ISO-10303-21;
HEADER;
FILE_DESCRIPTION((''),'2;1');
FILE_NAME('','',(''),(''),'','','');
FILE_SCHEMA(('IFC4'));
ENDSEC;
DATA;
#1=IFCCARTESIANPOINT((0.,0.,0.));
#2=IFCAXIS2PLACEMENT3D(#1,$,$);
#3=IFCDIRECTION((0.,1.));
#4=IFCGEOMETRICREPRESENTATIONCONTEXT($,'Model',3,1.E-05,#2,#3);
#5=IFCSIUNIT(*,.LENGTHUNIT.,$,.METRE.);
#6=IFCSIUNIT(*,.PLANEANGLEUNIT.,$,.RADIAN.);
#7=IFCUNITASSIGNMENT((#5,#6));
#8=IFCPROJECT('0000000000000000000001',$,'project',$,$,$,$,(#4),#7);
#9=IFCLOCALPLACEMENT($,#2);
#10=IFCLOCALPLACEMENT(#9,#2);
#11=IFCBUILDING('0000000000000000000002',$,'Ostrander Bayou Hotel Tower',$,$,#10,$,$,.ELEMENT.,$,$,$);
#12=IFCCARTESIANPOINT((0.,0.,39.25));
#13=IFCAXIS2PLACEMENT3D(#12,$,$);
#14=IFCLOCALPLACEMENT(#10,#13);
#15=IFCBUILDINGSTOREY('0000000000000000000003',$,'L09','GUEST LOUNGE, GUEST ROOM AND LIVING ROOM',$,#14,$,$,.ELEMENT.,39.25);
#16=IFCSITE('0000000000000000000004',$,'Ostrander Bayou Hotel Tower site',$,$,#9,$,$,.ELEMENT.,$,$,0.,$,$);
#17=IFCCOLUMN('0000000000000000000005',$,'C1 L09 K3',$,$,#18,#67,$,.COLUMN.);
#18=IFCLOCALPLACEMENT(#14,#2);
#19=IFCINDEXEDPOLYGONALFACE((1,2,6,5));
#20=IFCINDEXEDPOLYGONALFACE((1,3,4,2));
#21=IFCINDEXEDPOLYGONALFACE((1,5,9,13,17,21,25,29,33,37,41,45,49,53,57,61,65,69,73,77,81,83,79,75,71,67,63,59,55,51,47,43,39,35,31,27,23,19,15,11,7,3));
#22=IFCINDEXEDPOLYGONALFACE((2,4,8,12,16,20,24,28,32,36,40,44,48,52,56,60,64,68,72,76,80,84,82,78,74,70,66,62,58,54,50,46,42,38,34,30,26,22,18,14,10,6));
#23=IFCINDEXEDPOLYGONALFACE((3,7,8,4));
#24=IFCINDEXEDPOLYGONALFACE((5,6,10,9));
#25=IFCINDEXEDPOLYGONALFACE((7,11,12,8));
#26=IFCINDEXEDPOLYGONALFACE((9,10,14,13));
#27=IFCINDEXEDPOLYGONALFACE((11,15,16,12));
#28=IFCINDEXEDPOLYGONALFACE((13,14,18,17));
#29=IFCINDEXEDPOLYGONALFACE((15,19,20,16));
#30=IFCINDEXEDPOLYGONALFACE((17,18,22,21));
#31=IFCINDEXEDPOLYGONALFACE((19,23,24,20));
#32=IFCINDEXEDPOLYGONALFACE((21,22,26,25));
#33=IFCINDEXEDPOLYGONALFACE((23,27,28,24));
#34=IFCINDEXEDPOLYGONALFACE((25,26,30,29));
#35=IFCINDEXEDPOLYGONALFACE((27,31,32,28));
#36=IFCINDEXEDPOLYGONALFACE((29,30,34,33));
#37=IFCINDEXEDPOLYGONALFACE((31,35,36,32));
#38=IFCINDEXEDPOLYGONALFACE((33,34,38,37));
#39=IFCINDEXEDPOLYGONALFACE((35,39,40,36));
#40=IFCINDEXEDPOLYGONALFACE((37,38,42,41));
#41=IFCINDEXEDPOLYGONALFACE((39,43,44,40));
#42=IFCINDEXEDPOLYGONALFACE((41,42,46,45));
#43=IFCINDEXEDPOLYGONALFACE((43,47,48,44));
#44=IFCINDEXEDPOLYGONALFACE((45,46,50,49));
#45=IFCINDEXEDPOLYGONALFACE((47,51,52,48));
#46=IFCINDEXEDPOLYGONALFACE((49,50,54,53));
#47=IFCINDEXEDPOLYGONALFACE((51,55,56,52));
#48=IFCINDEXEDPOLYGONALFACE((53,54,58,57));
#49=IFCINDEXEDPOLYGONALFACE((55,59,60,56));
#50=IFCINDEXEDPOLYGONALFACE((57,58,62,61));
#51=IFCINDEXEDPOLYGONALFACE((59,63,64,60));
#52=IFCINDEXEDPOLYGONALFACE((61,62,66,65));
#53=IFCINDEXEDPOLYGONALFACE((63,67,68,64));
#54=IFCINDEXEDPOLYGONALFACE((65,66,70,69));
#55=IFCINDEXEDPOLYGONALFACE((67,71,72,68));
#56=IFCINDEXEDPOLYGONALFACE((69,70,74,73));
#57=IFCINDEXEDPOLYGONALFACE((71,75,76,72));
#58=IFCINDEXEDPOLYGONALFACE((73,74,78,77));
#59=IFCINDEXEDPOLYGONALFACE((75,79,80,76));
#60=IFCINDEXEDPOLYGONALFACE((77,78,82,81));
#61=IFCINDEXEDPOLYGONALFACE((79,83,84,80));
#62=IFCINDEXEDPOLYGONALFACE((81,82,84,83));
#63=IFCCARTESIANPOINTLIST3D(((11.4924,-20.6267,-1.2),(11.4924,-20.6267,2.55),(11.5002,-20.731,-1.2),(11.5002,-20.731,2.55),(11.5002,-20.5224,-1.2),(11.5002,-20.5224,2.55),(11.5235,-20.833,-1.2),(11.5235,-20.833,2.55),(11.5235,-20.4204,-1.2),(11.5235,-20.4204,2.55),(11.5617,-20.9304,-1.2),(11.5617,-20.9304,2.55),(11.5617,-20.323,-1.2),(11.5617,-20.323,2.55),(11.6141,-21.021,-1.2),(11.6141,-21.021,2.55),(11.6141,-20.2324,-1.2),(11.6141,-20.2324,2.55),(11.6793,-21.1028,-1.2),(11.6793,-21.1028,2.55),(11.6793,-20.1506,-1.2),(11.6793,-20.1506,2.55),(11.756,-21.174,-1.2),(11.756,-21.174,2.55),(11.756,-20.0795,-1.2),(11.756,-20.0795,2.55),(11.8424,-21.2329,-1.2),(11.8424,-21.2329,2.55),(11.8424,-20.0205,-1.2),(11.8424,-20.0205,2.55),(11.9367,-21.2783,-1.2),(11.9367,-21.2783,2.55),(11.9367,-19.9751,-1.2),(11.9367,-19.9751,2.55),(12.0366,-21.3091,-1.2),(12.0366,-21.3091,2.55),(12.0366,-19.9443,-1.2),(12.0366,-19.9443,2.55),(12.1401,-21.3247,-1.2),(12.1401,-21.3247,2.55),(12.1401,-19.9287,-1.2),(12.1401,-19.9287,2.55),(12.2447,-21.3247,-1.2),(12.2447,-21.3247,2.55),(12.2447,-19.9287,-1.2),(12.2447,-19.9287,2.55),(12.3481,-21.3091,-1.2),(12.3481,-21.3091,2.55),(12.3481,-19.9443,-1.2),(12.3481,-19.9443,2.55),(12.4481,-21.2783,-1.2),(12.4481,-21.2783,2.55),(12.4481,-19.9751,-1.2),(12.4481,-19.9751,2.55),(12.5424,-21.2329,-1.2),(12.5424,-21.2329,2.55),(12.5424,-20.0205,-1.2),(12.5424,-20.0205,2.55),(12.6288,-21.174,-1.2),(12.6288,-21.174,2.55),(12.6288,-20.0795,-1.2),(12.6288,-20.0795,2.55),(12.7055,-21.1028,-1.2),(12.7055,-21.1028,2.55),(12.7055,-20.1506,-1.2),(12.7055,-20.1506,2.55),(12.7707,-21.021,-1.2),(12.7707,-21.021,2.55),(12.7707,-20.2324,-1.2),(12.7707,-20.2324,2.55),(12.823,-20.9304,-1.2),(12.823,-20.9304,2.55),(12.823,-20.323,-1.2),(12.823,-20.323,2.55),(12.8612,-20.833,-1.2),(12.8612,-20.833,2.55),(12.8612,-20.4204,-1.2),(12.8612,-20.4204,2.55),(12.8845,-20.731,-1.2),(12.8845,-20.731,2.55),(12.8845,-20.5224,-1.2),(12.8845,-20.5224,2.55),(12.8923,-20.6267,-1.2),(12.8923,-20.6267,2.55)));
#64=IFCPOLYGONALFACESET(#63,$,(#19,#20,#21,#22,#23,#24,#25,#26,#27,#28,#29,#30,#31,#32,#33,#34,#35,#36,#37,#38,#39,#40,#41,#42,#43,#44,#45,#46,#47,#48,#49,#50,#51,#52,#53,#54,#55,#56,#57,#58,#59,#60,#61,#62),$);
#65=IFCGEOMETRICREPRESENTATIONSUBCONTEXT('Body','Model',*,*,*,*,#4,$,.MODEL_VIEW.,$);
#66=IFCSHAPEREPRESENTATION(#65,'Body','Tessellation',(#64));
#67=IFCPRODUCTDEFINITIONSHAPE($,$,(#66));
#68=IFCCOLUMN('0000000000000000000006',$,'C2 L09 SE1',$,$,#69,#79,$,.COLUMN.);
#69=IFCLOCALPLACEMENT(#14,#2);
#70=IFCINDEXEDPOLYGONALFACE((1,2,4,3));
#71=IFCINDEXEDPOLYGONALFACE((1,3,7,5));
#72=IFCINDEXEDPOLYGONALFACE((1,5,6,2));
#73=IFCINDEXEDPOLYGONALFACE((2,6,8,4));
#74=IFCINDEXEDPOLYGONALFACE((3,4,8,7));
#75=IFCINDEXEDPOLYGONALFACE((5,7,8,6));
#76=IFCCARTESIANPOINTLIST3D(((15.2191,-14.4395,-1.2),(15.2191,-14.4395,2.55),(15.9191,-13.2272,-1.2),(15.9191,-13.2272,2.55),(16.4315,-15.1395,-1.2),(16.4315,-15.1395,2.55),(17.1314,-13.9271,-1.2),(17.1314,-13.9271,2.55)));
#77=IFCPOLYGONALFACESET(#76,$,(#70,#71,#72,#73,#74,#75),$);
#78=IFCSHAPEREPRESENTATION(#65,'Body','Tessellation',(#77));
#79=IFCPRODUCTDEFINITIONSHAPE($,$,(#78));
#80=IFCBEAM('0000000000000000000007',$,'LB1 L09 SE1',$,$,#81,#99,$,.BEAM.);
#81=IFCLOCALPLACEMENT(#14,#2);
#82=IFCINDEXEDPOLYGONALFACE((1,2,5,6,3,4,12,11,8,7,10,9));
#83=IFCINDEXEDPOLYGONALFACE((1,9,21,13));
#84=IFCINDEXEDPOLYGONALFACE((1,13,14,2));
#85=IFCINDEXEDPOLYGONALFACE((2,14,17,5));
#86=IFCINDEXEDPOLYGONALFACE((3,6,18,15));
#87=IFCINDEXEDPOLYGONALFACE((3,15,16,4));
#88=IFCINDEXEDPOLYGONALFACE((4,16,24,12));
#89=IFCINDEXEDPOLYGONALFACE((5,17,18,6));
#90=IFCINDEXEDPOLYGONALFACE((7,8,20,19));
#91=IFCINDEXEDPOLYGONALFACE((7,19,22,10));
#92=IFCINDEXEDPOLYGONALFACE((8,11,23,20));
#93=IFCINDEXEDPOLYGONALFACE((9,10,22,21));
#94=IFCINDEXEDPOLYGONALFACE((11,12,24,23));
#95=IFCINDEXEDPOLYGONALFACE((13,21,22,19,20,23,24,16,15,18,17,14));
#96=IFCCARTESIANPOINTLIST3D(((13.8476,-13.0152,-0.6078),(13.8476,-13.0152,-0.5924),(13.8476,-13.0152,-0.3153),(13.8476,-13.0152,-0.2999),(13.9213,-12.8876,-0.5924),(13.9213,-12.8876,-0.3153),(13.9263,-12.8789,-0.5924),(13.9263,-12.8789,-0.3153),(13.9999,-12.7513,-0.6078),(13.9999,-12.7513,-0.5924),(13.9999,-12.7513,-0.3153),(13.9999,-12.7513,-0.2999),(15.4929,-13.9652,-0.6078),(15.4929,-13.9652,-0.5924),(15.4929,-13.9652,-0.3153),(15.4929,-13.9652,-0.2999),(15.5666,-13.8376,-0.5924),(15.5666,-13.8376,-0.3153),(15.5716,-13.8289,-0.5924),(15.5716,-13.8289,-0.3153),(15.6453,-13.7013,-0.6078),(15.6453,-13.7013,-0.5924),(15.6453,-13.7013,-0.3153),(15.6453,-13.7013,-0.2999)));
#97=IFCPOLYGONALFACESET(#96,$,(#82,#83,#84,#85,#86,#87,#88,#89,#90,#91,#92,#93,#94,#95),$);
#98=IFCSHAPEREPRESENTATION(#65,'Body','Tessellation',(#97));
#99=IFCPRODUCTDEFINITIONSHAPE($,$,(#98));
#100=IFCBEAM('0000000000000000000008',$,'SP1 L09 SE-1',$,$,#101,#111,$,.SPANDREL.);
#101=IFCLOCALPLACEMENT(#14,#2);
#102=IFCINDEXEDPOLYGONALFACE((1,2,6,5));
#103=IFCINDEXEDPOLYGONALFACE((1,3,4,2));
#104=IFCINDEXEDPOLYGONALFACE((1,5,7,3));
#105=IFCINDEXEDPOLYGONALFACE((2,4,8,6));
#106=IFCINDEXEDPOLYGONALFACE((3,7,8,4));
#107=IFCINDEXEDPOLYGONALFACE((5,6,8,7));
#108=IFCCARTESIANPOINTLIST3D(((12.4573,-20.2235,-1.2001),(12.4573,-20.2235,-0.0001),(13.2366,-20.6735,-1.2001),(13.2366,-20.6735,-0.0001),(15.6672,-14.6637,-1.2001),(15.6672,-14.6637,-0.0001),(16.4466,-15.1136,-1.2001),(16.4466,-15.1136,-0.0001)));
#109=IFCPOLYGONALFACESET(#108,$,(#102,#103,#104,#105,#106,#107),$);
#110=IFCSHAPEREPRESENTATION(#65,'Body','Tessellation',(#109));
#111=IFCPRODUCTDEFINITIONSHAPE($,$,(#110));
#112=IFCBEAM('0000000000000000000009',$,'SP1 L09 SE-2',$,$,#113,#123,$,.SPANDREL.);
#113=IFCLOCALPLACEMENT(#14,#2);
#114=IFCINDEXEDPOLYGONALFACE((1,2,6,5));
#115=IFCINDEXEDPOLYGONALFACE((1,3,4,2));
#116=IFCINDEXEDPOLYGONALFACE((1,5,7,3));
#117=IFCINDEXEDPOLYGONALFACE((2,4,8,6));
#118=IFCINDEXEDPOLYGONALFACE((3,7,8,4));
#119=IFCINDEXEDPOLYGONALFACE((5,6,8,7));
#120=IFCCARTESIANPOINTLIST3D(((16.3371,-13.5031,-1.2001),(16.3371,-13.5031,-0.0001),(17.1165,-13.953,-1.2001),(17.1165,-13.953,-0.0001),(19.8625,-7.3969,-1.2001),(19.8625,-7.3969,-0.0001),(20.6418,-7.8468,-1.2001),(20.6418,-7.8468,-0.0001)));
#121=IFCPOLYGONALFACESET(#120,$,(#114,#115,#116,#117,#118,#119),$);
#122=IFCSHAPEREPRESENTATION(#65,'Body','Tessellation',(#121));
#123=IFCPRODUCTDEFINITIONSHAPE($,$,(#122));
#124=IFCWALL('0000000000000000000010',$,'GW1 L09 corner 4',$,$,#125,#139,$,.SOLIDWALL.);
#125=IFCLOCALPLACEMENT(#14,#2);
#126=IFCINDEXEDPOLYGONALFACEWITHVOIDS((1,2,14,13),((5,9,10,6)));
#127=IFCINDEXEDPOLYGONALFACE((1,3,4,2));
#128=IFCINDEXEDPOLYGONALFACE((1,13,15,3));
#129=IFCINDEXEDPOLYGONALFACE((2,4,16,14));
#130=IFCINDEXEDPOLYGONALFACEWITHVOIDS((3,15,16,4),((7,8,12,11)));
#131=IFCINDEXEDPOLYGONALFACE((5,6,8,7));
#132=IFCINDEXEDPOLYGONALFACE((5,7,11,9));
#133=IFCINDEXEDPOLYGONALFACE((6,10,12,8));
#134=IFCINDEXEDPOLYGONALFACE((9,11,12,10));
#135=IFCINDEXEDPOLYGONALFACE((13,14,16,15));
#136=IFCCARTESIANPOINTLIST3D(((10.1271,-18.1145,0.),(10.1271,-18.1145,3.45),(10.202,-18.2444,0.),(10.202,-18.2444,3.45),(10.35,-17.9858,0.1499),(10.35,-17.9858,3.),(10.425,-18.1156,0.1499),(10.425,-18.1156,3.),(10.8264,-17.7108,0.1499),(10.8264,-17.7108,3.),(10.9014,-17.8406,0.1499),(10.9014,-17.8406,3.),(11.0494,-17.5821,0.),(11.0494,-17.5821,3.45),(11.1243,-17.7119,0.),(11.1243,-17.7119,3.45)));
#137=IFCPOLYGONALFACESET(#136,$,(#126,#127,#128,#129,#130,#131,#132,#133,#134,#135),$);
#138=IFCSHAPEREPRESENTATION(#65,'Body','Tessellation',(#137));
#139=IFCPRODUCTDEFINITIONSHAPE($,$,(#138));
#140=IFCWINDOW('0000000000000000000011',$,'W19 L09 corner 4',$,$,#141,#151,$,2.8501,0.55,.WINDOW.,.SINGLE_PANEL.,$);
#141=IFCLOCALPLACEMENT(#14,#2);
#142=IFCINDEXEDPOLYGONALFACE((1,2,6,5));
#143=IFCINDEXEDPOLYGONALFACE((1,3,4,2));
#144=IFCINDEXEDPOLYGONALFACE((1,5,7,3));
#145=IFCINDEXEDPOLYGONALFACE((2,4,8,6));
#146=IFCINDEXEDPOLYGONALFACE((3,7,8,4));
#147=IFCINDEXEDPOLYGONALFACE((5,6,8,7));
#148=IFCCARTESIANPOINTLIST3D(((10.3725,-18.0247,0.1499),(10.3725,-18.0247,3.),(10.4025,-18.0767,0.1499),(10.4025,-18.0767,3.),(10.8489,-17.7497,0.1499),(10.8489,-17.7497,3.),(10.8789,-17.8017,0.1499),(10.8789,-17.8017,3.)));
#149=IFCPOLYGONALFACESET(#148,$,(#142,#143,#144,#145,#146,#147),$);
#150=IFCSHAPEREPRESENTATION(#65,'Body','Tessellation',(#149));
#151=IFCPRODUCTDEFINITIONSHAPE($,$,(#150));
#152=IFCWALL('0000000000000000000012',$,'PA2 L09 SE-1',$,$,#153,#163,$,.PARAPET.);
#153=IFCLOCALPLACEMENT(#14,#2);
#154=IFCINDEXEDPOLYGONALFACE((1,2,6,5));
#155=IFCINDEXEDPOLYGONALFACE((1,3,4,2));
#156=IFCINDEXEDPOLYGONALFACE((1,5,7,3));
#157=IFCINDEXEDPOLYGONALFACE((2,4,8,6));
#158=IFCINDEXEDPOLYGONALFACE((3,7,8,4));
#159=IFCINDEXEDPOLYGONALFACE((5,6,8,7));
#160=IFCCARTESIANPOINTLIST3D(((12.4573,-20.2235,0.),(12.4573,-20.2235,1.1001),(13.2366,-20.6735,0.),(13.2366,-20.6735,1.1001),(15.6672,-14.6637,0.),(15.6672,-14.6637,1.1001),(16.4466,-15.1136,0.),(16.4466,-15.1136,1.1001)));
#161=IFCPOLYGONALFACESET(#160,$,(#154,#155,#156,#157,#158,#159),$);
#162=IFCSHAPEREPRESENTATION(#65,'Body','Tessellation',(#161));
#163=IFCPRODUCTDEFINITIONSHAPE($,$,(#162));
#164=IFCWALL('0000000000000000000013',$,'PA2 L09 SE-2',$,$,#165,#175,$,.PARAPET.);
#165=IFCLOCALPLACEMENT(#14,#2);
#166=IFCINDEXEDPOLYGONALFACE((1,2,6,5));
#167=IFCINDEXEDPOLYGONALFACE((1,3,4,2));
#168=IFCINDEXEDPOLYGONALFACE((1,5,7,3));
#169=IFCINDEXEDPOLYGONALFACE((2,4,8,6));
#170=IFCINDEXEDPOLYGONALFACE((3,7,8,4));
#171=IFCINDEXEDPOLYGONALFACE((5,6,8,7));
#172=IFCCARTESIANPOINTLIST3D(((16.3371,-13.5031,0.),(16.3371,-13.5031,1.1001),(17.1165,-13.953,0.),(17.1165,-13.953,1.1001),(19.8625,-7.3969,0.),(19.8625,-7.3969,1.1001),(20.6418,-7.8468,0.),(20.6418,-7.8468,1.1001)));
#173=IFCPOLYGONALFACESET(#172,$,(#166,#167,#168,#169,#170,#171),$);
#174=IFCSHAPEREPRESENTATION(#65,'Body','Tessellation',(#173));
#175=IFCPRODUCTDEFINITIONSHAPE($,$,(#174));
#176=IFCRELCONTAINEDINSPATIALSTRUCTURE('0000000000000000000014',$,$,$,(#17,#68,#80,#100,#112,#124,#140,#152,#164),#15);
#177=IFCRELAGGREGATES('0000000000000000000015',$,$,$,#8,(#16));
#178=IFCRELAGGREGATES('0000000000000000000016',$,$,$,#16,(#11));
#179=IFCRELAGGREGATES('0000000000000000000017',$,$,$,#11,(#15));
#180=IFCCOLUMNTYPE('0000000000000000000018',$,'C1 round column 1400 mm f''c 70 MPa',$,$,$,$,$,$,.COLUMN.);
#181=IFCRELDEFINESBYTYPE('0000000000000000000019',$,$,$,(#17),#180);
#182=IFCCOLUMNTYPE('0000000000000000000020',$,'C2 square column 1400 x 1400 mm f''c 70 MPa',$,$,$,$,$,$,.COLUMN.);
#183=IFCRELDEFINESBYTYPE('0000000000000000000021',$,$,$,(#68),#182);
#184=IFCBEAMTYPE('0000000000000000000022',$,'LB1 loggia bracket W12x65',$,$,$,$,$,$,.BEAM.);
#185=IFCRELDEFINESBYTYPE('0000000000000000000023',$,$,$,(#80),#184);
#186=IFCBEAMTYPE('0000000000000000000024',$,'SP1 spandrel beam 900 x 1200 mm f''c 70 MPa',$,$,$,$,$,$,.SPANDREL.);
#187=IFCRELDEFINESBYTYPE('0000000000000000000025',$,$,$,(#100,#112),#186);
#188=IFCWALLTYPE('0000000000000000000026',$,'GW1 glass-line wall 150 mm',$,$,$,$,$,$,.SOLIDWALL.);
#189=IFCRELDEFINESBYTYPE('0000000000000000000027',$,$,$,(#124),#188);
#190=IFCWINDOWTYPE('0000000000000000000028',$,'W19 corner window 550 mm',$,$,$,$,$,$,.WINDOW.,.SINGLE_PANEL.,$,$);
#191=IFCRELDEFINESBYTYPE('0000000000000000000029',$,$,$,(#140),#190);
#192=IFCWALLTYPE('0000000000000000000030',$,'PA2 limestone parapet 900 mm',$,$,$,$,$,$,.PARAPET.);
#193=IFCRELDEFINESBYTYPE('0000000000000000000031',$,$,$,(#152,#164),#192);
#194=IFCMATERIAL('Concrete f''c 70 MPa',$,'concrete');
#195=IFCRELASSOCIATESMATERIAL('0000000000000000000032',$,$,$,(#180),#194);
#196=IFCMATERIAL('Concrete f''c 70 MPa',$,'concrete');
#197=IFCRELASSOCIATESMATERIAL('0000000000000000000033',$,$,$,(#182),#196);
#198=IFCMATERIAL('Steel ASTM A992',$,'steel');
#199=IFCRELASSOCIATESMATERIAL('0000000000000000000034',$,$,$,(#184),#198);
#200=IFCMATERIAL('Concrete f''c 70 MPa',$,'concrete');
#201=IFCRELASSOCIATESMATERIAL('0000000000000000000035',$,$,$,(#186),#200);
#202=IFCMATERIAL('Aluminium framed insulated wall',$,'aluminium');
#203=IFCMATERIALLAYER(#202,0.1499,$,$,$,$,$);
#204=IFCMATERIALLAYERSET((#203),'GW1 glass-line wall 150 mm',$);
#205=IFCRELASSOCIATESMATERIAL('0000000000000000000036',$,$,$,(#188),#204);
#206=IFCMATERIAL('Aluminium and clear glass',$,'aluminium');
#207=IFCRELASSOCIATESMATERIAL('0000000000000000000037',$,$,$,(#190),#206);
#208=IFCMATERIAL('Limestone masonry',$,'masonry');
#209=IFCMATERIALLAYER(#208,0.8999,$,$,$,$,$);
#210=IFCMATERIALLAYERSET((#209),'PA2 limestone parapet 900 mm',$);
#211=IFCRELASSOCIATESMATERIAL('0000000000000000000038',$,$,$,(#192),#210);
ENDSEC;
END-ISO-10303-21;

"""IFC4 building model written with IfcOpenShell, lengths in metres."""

from ifc_helpers import new_model, si_unit, direction, frame, frame_2d, origin, origin_2d, place, context, subcontext, project, spatial, rectangle, circle, i_section, extrude, material, layer, layer_set, material_profile, profile_set, type_object, element, fill, save


model = new_model("IFC4")

# Units and contexts
model_context = context("Model", 3, precision=1e-05, world=origin(), true_north=direction((0.0, 1.0)))
body_context = subcontext(model_context, "Body", "Model", "MODEL_VIEW")
ifc_project = project(units=[si_unit("LENGTHUNIT", "METRE"), si_unit("PLANEANGLEUNIT", "RADIAN")], contexts=[model_context])

# Site, building, storey
site_placement = place(None, origin())
site = spatial("IfcSite", under=ifc_project, at=site_placement, Name="Ostrander Bayou Hotel Tower site", CompositionType="ELEMENT", RefElevation=0.0)
building_placement = place(site_placement, origin())
building = spatial("IfcBuilding", under=site, at=building_placement, Name="Ostrander Bayou Hotel Tower", CompositionType="ELEMENT")
storey_placement = place(building_placement, frame((0.0, 0.0, 39.25)))
storey = spatial("IfcBuildingStorey", under=building, at=storey_placement, Name="L09", Description="GUEST LOUNGE, GUEST ROOM AND LIVING ROOM", CompositionType="ELEMENT", Elevation=39.25)

# Columns
ifc_material_1 = material(Name="Concrete f'c 70 MPa", Category="concrete")
ifc_material_profile_1 = material_profile(ifc_material_1, circle(Radius=0.7, at=origin_2d()))
ifc_profile_set_1 = profile_set([ifc_material_profile_1], Name="Concrete f'c 70 MPa")
column_type_1 = type_object("IfcColumnType", Name="C1 round column 1400 mm f'c 70 MPa", PredefinedType="COLUMN", material=ifc_profile_set_1)
column_1_placement = place(storey_placement, frame((12.1924, -20.6267, -1.2), z_axis=(0.0, 0.0, 1.0), x_axis=(1.0, 0.0, 0.0)))
element("IfcColumn", 1, at=column_1_placement, inside=storey, type_object=column_type_1, Name="C1 L09 K3", PredefinedType="COLUMN", context=body_context, shape_type="SweptSolid", body=[
    extrude(circle(Radius=0.7, at=origin_2d()), origin(), (0.0, 0.0, 1.0), 3.75),
])
ifc_material_2 = material(Name="Concrete f'c 70 MPa", Category="concrete")
ifc_material_profile_2 = material_profile(ifc_material_2, rectangle(XDim=1.3999, YDim=1.3999, at=origin_2d()))
ifc_profile_set_2 = profile_set([ifc_material_profile_2], Name="Concrete f'c 70 MPa")
column_type_2 = type_object("IfcColumnType", Name="C2 square column 1400 x 1400 mm f'c 70 MPa", PredefinedType="COLUMN", material=ifc_profile_set_2)
column_2_placement = place(storey_placement, frame((16.1753, -14.1833, -1.2), z_axis=(0.0, 0.0, 1.0), x_axis=(-0.5, -0.866025, 0.0)))
element("IfcColumn", 2, at=column_2_placement, inside=storey, type_object=column_type_2, Name="C2 L09 SE1", PredefinedType="COLUMN", context=body_context, shape_type="SweptSolid", body=[
    extrude(rectangle(XDim=1.3999, YDim=1.3999, at=origin_2d()), origin(), (0.0, 0.0, 1.0), 3.75),
])

# Beams
ifc_material_3 = material(Name="Steel ASTM A992", Category="steel")
ifc_material_profile_3 = material_profile(ifc_material_3, i_section(OverallWidth=0.3047, OverallDepth=0.3079, WebThickness=0.01, FlangeThickness=0.0154, at=origin_2d()))
ifc_profile_set_3 = profile_set([ifc_material_profile_3], Name="Steel ASTM A992")
beam_type_1 = type_object("IfcBeamType", Name="LB1 loggia bracket W12x65", PredefinedType="BEAM", material=ifc_profile_set_3)
beam_1_placement = place(storey_placement, frame((15.5691, -13.8333, -0.4539), z_axis=(-0.866012, 0.500023, 0.0), x_axis=(-0.500023, -0.866012, 0.0)))
element("IfcBeam", 3, at=beam_1_placement, inside=storey, type_object=beam_type_1, Name="LB1 L09 SE1", PredefinedType="BEAM", context=body_context, shape_type="SweptSolid", body=[
    extrude(i_section(OverallWidth=0.3047, OverallDepth=0.3079, WebThickness=0.01, FlangeThickness=0.0154, at=origin_2d()), origin(), (0.0, 0.0, 1.0), 1.8999),
])
ifc_material_4 = material(Name="Concrete f'c 70 MPa", Category="concrete")
ifc_material_profile_4 = material_profile(ifc_material_4, rectangle(XDim=0.8999, YDim=1.2, at=origin_2d()))
ifc_profile_set_4 = profile_set([ifc_material_profile_4], Name="Concrete f'c 70 MPa")
beam_type_2 = type_object("IfcBeamType", Name="SP1 spandrel beam 900 x 1200 mm f'c 70 MPa", PredefinedType="SPANDREL", material=ifc_profile_set_4)
beam_2_placement = place(storey_placement, frame((12.8469, -20.4485, -0.6001), z_axis=(0.5, 0.866025, 0.0), x_axis=(-0.866025, 0.5, 0.0)))
element("IfcBeam", 4, at=beam_2_placement, inside=storey, type_object=beam_type_2, Name="SP1 L09 SE-1", PredefinedType="SPANDREL", context=body_context, shape_type="SweptSolid", body=[
    extrude(rectangle(XDim=0.8999, YDim=1.2, at=origin_2d()), origin(), (0.0, 0.0, 1.0), 6.4199),
])
beam_3_placement = place(storey_placement, frame((16.7268, -13.728, -0.6001), z_axis=(0.499997, 0.866027, 0.0), x_axis=(-0.866027, 0.499997, 0.0)))
element("IfcBeam", 5, at=beam_3_placement, inside=storey, type_object=beam_type_2, Name="SP1 L09 SE-2", PredefinedType="SPANDREL", context=body_context, shape_type="SweptSolid", body=[
    extrude(rectangle(XDim=0.8999, YDim=1.2, at=origin_2d()), origin(), (0.0, 0.0, 1.0), 7.0508),
])

# Shared definitions
ifc_material_5 = material(Name="Aluminium framed insulated wall", Category="aluminium")
ifc_layer_1 = layer(ifc_material_5, 0.1499)
ifc_layer_set_1 = layer_set([ifc_layer_1], Name="GW1 glass-line wall 150 mm")
wall_type_1 = type_object("IfcWallType", Name="GW1 glass-line wall 150 mm", PredefinedType="SOLIDWALL", material=ifc_layer_set_1)

# Wall, opening, window
wall_1_placement = place(storey_placement, frame((10.1646, -18.1794, 0.0), z_axis=(0.0, 0.0, 1.0), x_axis=(0.866048, 0.499961, 0.0)))
wall_1 = element("IfcWall", 6, at=wall_1_placement, inside=storey, type_object=wall_type_1, Name="GW1 L09 corner 4", PredefinedType="SOLIDWALL", context=body_context, shape_type="SweptSolid", body=[
    extrude(rectangle(XDim=1.0649, YDim=0.1499, at=frame_2d((0.5325, 0.0))), origin(), (0.0, 0.0, 1.0), 3.45),
])
opening_1_placement = place(wall_1_placement, frame((0.2576, 0.0, 0.1499)))
opening_1 = element("IfcOpeningElement", 7, at=opening_1_placement, cuts=wall_1, PredefinedType="OPENING", context=body_context, shape_type="SweptSolid", body=[
    extrude(rectangle(XDim=0.55, YDim=2.8501, at=frame_2d((0.2749, 1.425))), frame((0.0, 0.075, 0.0), z_axis=(0.0, -1.0, 0.0), x_axis=(1.0, 0.0, 0.0)), (0.0, 0.0, 1.0), 0.1499),
])
ifc_material_6 = material(Name="Aluminium and clear glass", Category="aluminium")
window_type_1 = type_object("IfcWindowType", Name="W19 corner window 550 mm", PartitioningType="SINGLE_PANEL", PredefinedType="WINDOW", material=ifc_material_6)
window_1_placement = place(opening_1_placement, origin())
window_1 = element("IfcWindow", 8, at=window_1_placement, inside=storey, type_object=window_type_1, Name="W19 L09 corner 4", OverallHeight=2.8501, OverallWidth=0.55, PartitioningType="SINGLE_PANEL", PredefinedType="WINDOW", context=body_context, shape_type="SweptSolid", body=[
    extrude(rectangle(XDim=0.55, YDim=2.8501, at=frame_2d((0.2749, 1.425))), frame((0.0, 0.03, 0.0), z_axis=(0.0, -1.0, 0.0), x_axis=(1.0, 0.0, 0.0)), (0.0, 0.0, 1.0), 0.0601),
])
fill(opening_1, window_1)

# Walls
ifc_material_7 = material(Name="Limestone masonry", Category="masonry")
ifc_layer_2 = layer(ifc_material_7, 0.8999)
ifc_layer_set_2 = layer_set([ifc_layer_2], Name="PA2 limestone parapet 900 mm")
wall_type_2 = type_object("IfcWallType", Name="PA2 limestone parapet 900 mm", PredefinedType="PARAPET", material=ifc_layer_set_2)
wall_2_placement = place(storey_placement, frame((12.8469, -20.4485, 0.0), z_axis=(0.0, 0.0, 1.0), x_axis=(0.5, 0.866025, 0.0)))
element("IfcWall", 9, at=wall_2_placement, inside=storey, type_object=wall_type_2, Name="PA2 L09 SE-1", PredefinedType="PARAPET", context=body_context, shape_type="SweptSolid", body=[
    extrude(rectangle(XDim=6.4199, YDim=0.8999, at=frame_2d((3.21, 0.0))), origin(), (0.0, 0.0, 1.0), 1.1001),
])
wall_3_placement = place(storey_placement, frame((16.7268, -13.728, 0.0), z_axis=(0.0, 0.0, 1.0), x_axis=(0.499997, 0.866027, 0.0)))
element("IfcWall", 10, at=wall_3_placement, inside=storey, type_object=wall_type_2, Name="PA2 L09 SE-2", PredefinedType="PARAPET", context=body_context, shape_type="SweptSolid", body=[
    extrude(rectangle(XDim=7.0508, YDim=0.8999, at=frame_2d((3.5254, 0.0))), origin(), (0.0, 0.0, 1.0), 1.1001),
])

save(model, "model.ifc")
